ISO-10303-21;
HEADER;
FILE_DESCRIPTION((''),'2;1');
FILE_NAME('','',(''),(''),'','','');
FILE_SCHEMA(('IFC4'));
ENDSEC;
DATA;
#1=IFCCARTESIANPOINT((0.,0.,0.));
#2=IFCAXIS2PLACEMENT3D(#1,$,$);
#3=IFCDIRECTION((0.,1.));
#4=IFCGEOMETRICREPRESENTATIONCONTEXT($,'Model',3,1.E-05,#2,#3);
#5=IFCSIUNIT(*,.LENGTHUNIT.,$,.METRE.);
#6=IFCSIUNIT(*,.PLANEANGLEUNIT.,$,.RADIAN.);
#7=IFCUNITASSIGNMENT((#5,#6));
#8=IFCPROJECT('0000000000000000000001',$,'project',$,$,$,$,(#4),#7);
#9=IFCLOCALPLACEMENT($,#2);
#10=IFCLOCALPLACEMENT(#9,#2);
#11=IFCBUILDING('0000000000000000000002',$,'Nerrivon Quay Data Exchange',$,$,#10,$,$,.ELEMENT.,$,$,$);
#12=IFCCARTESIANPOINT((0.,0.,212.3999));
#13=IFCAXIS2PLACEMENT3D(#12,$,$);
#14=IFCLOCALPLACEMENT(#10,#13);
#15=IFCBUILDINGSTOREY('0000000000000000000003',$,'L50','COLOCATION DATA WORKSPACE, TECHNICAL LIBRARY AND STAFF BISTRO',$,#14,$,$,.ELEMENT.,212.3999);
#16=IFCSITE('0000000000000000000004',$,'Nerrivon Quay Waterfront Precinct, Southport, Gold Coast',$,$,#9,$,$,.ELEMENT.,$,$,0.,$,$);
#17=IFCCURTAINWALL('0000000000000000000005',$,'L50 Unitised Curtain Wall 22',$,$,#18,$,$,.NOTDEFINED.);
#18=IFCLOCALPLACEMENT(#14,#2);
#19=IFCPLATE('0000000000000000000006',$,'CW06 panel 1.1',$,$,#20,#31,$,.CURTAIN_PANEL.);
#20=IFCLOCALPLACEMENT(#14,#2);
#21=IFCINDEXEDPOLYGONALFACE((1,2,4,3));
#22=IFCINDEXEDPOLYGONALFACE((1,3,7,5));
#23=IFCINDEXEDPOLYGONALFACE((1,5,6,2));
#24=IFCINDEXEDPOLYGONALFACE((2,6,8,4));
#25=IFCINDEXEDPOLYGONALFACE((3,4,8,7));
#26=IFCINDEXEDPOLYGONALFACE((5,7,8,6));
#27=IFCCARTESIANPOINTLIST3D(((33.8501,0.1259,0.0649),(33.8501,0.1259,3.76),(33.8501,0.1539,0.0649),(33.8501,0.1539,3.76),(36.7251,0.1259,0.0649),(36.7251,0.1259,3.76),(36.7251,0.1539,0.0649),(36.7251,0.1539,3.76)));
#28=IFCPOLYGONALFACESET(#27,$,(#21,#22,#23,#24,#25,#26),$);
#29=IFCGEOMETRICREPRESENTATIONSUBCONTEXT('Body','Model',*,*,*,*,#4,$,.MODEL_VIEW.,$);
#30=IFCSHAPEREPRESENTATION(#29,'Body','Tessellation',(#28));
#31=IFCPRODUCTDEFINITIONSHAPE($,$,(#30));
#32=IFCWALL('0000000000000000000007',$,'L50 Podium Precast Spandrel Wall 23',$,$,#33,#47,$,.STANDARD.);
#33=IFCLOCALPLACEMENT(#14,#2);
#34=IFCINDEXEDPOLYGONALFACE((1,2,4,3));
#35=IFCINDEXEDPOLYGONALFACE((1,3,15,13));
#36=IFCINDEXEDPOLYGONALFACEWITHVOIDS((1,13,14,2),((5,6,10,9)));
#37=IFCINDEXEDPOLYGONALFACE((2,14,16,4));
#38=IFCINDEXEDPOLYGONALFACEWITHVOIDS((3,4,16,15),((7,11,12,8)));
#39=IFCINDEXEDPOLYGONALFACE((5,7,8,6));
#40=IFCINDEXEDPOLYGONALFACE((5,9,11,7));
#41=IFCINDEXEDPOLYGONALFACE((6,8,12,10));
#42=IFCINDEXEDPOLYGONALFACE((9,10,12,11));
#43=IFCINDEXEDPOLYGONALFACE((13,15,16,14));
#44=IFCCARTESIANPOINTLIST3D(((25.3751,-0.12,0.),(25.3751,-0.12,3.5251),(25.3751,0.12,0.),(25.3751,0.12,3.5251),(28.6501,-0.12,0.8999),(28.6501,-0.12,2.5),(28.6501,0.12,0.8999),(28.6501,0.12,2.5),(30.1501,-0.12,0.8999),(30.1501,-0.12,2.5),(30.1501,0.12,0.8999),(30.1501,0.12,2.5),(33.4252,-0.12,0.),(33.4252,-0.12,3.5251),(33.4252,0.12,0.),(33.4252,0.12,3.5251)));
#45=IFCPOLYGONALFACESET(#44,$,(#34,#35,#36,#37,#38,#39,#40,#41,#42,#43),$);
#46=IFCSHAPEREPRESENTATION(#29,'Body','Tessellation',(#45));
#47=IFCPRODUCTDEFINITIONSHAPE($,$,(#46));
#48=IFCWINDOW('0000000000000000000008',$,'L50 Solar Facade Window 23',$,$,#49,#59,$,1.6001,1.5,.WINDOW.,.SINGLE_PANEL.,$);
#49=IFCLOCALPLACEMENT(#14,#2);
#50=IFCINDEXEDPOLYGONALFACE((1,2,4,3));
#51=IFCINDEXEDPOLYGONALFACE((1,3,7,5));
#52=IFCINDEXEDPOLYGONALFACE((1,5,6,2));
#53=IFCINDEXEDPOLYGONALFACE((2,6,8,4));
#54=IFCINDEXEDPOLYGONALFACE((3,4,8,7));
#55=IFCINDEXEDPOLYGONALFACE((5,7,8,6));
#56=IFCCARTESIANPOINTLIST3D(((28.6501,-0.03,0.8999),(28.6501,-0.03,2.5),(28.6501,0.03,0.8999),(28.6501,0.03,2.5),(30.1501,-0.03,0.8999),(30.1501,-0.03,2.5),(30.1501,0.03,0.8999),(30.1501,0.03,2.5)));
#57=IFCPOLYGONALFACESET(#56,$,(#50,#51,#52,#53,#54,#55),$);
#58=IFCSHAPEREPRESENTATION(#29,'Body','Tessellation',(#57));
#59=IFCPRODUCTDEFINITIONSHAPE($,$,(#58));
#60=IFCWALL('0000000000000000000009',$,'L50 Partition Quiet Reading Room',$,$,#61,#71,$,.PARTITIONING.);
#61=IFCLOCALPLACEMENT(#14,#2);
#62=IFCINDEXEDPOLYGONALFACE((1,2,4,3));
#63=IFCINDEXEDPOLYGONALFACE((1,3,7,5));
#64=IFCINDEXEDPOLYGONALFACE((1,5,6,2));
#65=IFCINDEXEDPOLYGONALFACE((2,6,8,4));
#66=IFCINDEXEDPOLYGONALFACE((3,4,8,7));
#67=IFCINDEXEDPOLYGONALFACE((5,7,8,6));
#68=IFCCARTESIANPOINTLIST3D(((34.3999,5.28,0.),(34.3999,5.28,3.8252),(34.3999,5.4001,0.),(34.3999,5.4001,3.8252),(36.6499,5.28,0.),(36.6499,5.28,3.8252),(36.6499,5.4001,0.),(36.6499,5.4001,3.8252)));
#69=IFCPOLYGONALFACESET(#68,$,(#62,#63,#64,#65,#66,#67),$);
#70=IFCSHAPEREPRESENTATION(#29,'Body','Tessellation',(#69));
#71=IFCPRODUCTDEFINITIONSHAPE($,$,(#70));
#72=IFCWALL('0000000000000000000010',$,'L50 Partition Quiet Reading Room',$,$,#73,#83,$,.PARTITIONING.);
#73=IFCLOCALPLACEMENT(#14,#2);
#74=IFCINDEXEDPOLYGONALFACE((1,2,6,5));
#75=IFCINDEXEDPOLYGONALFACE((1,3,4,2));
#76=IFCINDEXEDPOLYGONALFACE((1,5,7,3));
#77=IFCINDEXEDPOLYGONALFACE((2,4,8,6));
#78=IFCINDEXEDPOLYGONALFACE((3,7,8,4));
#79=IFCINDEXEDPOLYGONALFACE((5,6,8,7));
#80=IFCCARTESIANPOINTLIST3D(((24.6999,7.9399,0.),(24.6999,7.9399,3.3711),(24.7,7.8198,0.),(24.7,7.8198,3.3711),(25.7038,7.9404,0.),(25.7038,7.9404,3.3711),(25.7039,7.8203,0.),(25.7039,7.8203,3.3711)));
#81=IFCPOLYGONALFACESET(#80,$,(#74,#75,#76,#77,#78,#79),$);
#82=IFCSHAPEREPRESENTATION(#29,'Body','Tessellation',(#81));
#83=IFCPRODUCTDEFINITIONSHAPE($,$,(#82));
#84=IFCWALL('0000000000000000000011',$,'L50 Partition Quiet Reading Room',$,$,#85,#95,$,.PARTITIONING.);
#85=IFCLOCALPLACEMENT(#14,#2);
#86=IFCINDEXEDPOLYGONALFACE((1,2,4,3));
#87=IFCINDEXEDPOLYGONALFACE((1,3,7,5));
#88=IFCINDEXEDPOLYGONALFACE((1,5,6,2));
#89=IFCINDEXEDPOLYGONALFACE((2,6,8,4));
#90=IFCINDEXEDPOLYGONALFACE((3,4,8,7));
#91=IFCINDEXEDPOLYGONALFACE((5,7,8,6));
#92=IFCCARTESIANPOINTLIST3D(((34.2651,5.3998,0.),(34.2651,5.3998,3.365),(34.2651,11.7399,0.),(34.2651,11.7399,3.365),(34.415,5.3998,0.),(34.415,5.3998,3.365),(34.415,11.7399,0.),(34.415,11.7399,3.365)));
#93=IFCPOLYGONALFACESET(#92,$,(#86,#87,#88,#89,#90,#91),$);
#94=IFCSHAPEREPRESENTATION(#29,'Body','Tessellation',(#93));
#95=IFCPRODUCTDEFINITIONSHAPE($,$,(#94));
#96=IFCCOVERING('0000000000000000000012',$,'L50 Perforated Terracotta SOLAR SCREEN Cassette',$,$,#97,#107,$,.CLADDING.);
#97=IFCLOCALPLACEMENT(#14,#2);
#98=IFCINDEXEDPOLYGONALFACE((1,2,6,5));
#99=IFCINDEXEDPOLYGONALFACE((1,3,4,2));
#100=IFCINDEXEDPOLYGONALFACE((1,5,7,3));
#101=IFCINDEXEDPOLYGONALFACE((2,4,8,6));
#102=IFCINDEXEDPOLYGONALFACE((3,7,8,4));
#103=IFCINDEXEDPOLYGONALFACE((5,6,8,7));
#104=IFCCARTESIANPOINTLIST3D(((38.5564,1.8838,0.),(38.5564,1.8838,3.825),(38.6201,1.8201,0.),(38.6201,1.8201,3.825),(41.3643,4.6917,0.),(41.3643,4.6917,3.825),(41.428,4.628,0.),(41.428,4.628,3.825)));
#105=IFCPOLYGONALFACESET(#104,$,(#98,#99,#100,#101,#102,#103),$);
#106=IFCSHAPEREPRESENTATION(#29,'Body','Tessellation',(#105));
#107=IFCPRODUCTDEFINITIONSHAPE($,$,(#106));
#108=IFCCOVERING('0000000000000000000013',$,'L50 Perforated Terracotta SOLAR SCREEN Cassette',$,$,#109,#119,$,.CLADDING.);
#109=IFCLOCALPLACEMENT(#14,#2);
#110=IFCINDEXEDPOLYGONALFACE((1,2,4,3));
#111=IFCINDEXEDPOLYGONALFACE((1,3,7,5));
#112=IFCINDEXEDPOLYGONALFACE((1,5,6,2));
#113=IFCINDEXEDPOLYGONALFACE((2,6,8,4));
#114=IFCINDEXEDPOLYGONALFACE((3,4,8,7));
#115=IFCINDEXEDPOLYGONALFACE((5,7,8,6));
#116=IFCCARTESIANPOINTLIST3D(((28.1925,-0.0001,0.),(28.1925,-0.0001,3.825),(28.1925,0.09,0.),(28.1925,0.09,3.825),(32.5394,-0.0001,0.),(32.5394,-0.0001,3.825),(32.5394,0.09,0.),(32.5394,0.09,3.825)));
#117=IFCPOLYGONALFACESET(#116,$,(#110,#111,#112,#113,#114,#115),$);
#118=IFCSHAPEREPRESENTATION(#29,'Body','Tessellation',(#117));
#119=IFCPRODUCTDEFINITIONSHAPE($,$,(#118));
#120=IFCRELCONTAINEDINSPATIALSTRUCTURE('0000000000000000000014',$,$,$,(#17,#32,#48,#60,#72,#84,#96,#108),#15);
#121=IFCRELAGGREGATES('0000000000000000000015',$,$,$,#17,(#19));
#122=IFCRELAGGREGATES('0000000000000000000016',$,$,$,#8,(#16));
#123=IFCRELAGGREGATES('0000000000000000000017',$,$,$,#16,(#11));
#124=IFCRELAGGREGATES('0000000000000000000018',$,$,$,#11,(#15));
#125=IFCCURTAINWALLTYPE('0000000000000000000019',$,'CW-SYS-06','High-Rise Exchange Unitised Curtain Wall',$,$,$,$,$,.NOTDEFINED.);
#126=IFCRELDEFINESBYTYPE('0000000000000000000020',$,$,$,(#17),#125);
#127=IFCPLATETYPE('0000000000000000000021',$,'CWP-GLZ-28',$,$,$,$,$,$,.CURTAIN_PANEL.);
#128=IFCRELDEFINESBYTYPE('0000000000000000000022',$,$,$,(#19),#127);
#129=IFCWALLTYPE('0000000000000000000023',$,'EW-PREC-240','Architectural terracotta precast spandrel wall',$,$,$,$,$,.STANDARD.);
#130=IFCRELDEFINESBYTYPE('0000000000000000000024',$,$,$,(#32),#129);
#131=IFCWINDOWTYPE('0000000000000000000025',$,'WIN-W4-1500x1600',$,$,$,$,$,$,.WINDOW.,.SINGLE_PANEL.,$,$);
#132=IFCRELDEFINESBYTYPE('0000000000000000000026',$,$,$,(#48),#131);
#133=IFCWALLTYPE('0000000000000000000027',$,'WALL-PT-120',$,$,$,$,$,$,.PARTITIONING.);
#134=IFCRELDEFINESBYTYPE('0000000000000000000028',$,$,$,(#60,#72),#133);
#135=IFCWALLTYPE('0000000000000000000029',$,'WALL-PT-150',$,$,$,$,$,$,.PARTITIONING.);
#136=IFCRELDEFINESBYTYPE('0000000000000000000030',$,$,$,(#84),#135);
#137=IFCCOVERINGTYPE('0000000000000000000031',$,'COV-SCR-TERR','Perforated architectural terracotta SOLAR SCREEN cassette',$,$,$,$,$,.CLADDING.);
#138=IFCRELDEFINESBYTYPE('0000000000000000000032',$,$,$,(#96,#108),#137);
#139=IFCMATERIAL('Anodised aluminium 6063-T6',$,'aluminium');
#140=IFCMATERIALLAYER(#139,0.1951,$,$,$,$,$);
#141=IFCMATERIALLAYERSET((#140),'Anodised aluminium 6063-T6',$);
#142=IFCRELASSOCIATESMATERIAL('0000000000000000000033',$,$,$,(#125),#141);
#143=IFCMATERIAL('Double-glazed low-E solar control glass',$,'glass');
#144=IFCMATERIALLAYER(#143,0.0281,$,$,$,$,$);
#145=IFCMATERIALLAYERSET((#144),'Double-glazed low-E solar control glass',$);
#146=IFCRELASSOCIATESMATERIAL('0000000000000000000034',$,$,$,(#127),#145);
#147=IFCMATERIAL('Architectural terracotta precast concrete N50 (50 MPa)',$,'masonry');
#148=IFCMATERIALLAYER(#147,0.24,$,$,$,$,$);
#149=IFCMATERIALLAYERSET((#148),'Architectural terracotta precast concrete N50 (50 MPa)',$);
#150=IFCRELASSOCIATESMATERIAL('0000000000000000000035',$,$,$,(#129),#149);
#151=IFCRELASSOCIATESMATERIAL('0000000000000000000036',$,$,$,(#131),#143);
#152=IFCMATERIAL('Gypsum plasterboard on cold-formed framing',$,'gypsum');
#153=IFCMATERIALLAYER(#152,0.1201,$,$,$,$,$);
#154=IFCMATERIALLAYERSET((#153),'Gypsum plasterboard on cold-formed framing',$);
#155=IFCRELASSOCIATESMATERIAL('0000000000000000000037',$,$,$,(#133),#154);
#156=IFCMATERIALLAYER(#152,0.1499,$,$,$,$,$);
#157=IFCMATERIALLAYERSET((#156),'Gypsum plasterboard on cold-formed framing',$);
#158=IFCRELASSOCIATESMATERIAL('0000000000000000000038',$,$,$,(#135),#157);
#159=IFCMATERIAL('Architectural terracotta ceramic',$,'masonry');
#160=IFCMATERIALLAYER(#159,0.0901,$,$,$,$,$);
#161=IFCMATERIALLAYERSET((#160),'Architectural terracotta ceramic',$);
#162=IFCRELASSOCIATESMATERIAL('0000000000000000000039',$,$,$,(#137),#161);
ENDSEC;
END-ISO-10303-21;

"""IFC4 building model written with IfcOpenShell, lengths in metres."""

from ifc_helpers import new_model, si_unit, direction, frame, frame_2d, origin, origin_2d, place, context, subcontext, project, spatial, rectangle, extrude, material, layer, layer_set, type_object, element, fill, aggregate, save


model = new_model("IFC4")

# Units and contexts
model_context = context("Model", 3, precision=1e-05, world=origin(), true_north=direction((0.0, 1.0)))
body_context = subcontext(model_context, "Body", "Model", "MODEL_VIEW")
ifc_project = project(units=[si_unit("LENGTHUNIT", "METRE"), si_unit("PLANEANGLEUNIT", "RADIAN")], contexts=[model_context])

# Site, building, storey
site_placement = place(None, origin())
site = spatial("IfcSite", under=ifc_project, at=site_placement, Name="Nerrivon Quay Waterfront Precinct, Southport, Gold Coast", CompositionType="ELEMENT", RefElevation=0.0)
building_placement = place(site_placement, origin())
building = spatial("IfcBuilding", under=site, at=building_placement, Name="Nerrivon Quay Data Exchange", CompositionType="ELEMENT")
storey_placement = place(building_placement, frame((0.0, 0.0, 212.3999)))
storey = spatial("IfcBuildingStorey", under=building, at=storey_placement, Name="L50", Description="COLOCATION DATA WORKSPACE, TECHNICAL LIBRARY AND STAFF BISTRO", CompositionType="ELEMENT", Elevation=212.3999)

# Curtain wall
ifc_material_1 = material(Name="Anodised aluminium 6063-T6", Category="aluminium")
ifc_layer_1 = layer(ifc_material_1, 0.1951)
ifc_layer_set_1 = layer_set([ifc_layer_1], Name="Anodised aluminium 6063-T6")
curtain_wall_type = type_object("IfcCurtainWallType", Name="CW-SYS-06", Description="High-Rise Exchange Unitised Curtain Wall", PredefinedType="NOTDEFINED", material=ifc_layer_set_1)
curtain_wall_1_placement = place(storey_placement, origin())
curtain_wall_1 = element("IfcCurtainWall", 1, at=curtain_wall_1_placement, inside=storey, type_object=curtain_wall_type, Name="L50 Unitised Curtain Wall 22", PredefinedType="NOTDEFINED")

# Plate
ifc_material_2 = material(Name="Double-glazed low-E solar control glass", Category="glass")
ifc_layer_2 = layer(ifc_material_2, 0.0281)
ifc_layer_set_2 = layer_set([ifc_layer_2], Name="Double-glazed low-E solar control glass")
plate_type = type_object("IfcPlateType", Name="CWP-GLZ-28", PredefinedType="CURTAIN_PANEL", material=ifc_layer_set_2)
plate_1_placement = place(storey_placement, frame((35.2876, 0.1399, 0.0649), z_axis=(0.0, 0.0, 1.0), x_axis=(-1.0, 0.0, 0.0)))
plate_1 = element("IfcPlate", 2, at=plate_1_placement, type_object=plate_type, Name="CW06 panel 1.1", PredefinedType="CURTAIN_PANEL", context=body_context, shape_type="SweptSolid", body=[
    extrude(rectangle(XDim=2.875, YDim=0.0281, at=origin_2d()), origin(), (0.0, 0.0, 1.0), 3.6951),
])
aggregate(curtain_wall_1, [plate_1])

# Wall, opening, window
ifc_material_3 = material(Name="Architectural terracotta precast concrete N50 (50 MPa)", Category="masonry")
ifc_layer_3 = layer(ifc_material_3, 0.24)
ifc_layer_set_3 = layer_set([ifc_layer_3], Name="Architectural terracotta precast concrete N50 (50 MPa)")
wall_type_1 = type_object("IfcWallType", Name="EW-PREC-240", Description="Architectural terracotta precast spandrel wall", PredefinedType="STANDARD", material=ifc_layer_set_3)
wall_1_placement = place(storey_placement, frame((33.425, 0.0, 0.0), z_axis=(0.0, 0.0, 1.0), x_axis=(-1.0, 0.0, 0.0)))
wall_1 = element("IfcWall", 3, at=wall_1_placement, inside=storey, type_object=wall_type_1, Name="L50 Podium Precast Spandrel Wall 23", PredefinedType="STANDARD", context=body_context, shape_type="SweptSolid", body=[
    extrude(rectangle(XDim=8.05, YDim=0.24, at=frame_2d((4.0249, 0.0))), origin(), (0.0, 0.0, 1.0), 3.5251),
])
opening_placement = place(wall_1_placement, frame((3.2749, 0.0, 0.8999)))
opening = element("IfcOpeningElement", 4, at=opening_placement, cuts=wall_1, PredefinedType="OPENING", context=body_context, shape_type="SweptSolid", body=[
    extrude(rectangle(XDim=1.5, YDim=1.6001, at=frame_2d((0.75, 0.8))), frame((0.0, 0.1299, 0.0), z_axis=(0.0, -1.0, 0.0), x_axis=(1.0, 0.0, 0.0)), (0.0, 0.0, 1.0), 0.26),
])
window_type = type_object("IfcWindowType", Name="WIN-W4-1500x1600", PartitioningType="SINGLE_PANEL", PredefinedType="WINDOW", material=ifc_material_2)
window_placement = place(opening_placement, origin())
window = element("IfcWindow", 5, at=window_placement, inside=storey, type_object=window_type, Name="L50 Solar Facade Window 23", OverallHeight=1.6001, OverallWidth=1.5, PartitioningType="SINGLE_PANEL", PredefinedType="WINDOW", context=body_context, shape_type="SweptSolid", body=[
    extrude(rectangle(XDim=1.5, YDim=1.6001, at=frame_2d((0.75, 0.8))), frame((0.0, 0.03, 0.0), z_axis=(0.0, -1.0, 0.0), x_axis=(1.0, 0.0, 0.0)), (0.0, 0.0, 1.0), 0.0601),
])
fill(opening, window)

# Walls
ifc_material_4 = material(Name="Gypsum plasterboard on cold-formed framing", Category="gypsum")
ifc_layer_4 = layer(ifc_material_4, 0.1201)
ifc_layer_set_4 = layer_set([ifc_layer_4], Name="Gypsum plasterboard on cold-formed framing")
wall_type_2 = type_object("IfcWallType", Name="WALL-PT-120", PredefinedType="PARTITIONING", material=ifc_layer_set_4)
wall_2_placement = place(storey_placement, frame((36.6499, 5.3401, 0.0), z_axis=(0.0, 0.0, 1.0), x_axis=(-1.0, 0.0, 0.0)))
element("IfcWall", 6, at=wall_2_placement, inside=storey, type_object=wall_type_2, Name="L50 Partition Quiet Reading Room", PredefinedType="PARTITIONING", context=body_context, shape_type="SweptSolid", body=[
    extrude(rectangle(XDim=2.25, YDim=0.1201, at=frame_2d((1.125, 0.0))), origin(), (0.0, 0.0, 1.0), 3.8252),
])
wall_3_placement = place(storey_placement, frame((25.7039, 7.8804, 0.0), z_axis=(0.0, 0.0, 1.0), x_axis=(-1.0, -0.000486, 0.0)))
element("IfcWall", 7, at=wall_3_placement, inside=storey, type_object=wall_type_2, Name="L50 Partition Quiet Reading Room", PredefinedType="PARTITIONING", context=body_context, shape_type="SweptSolid", body=[
    extrude(rectangle(XDim=1.0039, YDim=0.1201, at=frame_2d((0.502, 0.0))), origin(), (0.0, 0.0, 1.0), 3.3711),
])
ifc_layer_5 = layer(ifc_material_4, 0.1499)
ifc_layer_set_5 = layer_set([ifc_layer_5], Name="Gypsum plasterboard on cold-formed framing")
wall_type_3 = type_object("IfcWallType", Name="WALL-PT-150", PredefinedType="PARTITIONING", material=ifc_layer_set_5)
wall_4_placement = place(storey_placement, frame((34.3401, 5.3999, 0.0), z_axis=(0.0, 0.0, 1.0), x_axis=(0.0, 1.0, 0.0)))
element("IfcWall", 8, at=wall_4_placement, inside=storey, type_object=wall_type_3, Name="L50 Partition Quiet Reading Room", PredefinedType="PARTITIONING", context=body_context, shape_type="SweptSolid", body=[
    extrude(rectangle(XDim=6.3401, YDim=0.1499, at=frame_2d((3.1699, 0.0))), origin(), (0.0, 0.0, 1.0), 3.365),
])

# Coverings
ifc_material_5 = material(Name="Architectural terracotta ceramic", Category="masonry")
ifc_layer_6 = layer(ifc_material_5, 0.0901)
ifc_layer_set_6 = layer_set([ifc_layer_6], Name="Architectural terracotta ceramic")
covering_type = type_object("IfcCoveringType", Name="COV-SCR-TERR", Description="Perforated architectural terracotta SOLAR SCREEN cassette", PredefinedType="CLADDING", material=ifc_layer_set_6)
covering_1_placement = place(storey_placement, frame((39.9922, 3.2559, 0.0), z_axis=(0.0, 0.0, 1.0), x_axis=(-0.707107, -0.707107, 0.0)))
element("IfcCovering", 9, at=covering_1_placement, inside=storey, type_object=covering_type, Name="L50 Perforated Terracotta SOLAR SCREEN Cassette", PredefinedType="CLADDING", context=body_context, shape_type="SweptSolid", body=[
    extrude(rectangle(XDim=3.9709, YDim=0.0901, at=origin_2d()), origin(), (0.0, 0.0, 1.0), 3.825),
])
covering_2_placement = place(storey_placement, frame((30.366, 0.0449, 0.0), z_axis=(0.0, 0.0, 1.0), x_axis=(-1.0, 0.0, 0.0)))
element("IfcCovering", 10, at=covering_2_placement, inside=storey, type_object=covering_type, Name="L50 Perforated Terracotta SOLAR SCREEN Cassette", PredefinedType="CLADDING", context=body_context, shape_type="SweptSolid", body=[
    extrude(rectangle(XDim=4.3469, YDim=0.0901, at=origin_2d()), origin(), (0.0, 0.0, 1.0), 3.825),
])

save(model, "model.ifc")
